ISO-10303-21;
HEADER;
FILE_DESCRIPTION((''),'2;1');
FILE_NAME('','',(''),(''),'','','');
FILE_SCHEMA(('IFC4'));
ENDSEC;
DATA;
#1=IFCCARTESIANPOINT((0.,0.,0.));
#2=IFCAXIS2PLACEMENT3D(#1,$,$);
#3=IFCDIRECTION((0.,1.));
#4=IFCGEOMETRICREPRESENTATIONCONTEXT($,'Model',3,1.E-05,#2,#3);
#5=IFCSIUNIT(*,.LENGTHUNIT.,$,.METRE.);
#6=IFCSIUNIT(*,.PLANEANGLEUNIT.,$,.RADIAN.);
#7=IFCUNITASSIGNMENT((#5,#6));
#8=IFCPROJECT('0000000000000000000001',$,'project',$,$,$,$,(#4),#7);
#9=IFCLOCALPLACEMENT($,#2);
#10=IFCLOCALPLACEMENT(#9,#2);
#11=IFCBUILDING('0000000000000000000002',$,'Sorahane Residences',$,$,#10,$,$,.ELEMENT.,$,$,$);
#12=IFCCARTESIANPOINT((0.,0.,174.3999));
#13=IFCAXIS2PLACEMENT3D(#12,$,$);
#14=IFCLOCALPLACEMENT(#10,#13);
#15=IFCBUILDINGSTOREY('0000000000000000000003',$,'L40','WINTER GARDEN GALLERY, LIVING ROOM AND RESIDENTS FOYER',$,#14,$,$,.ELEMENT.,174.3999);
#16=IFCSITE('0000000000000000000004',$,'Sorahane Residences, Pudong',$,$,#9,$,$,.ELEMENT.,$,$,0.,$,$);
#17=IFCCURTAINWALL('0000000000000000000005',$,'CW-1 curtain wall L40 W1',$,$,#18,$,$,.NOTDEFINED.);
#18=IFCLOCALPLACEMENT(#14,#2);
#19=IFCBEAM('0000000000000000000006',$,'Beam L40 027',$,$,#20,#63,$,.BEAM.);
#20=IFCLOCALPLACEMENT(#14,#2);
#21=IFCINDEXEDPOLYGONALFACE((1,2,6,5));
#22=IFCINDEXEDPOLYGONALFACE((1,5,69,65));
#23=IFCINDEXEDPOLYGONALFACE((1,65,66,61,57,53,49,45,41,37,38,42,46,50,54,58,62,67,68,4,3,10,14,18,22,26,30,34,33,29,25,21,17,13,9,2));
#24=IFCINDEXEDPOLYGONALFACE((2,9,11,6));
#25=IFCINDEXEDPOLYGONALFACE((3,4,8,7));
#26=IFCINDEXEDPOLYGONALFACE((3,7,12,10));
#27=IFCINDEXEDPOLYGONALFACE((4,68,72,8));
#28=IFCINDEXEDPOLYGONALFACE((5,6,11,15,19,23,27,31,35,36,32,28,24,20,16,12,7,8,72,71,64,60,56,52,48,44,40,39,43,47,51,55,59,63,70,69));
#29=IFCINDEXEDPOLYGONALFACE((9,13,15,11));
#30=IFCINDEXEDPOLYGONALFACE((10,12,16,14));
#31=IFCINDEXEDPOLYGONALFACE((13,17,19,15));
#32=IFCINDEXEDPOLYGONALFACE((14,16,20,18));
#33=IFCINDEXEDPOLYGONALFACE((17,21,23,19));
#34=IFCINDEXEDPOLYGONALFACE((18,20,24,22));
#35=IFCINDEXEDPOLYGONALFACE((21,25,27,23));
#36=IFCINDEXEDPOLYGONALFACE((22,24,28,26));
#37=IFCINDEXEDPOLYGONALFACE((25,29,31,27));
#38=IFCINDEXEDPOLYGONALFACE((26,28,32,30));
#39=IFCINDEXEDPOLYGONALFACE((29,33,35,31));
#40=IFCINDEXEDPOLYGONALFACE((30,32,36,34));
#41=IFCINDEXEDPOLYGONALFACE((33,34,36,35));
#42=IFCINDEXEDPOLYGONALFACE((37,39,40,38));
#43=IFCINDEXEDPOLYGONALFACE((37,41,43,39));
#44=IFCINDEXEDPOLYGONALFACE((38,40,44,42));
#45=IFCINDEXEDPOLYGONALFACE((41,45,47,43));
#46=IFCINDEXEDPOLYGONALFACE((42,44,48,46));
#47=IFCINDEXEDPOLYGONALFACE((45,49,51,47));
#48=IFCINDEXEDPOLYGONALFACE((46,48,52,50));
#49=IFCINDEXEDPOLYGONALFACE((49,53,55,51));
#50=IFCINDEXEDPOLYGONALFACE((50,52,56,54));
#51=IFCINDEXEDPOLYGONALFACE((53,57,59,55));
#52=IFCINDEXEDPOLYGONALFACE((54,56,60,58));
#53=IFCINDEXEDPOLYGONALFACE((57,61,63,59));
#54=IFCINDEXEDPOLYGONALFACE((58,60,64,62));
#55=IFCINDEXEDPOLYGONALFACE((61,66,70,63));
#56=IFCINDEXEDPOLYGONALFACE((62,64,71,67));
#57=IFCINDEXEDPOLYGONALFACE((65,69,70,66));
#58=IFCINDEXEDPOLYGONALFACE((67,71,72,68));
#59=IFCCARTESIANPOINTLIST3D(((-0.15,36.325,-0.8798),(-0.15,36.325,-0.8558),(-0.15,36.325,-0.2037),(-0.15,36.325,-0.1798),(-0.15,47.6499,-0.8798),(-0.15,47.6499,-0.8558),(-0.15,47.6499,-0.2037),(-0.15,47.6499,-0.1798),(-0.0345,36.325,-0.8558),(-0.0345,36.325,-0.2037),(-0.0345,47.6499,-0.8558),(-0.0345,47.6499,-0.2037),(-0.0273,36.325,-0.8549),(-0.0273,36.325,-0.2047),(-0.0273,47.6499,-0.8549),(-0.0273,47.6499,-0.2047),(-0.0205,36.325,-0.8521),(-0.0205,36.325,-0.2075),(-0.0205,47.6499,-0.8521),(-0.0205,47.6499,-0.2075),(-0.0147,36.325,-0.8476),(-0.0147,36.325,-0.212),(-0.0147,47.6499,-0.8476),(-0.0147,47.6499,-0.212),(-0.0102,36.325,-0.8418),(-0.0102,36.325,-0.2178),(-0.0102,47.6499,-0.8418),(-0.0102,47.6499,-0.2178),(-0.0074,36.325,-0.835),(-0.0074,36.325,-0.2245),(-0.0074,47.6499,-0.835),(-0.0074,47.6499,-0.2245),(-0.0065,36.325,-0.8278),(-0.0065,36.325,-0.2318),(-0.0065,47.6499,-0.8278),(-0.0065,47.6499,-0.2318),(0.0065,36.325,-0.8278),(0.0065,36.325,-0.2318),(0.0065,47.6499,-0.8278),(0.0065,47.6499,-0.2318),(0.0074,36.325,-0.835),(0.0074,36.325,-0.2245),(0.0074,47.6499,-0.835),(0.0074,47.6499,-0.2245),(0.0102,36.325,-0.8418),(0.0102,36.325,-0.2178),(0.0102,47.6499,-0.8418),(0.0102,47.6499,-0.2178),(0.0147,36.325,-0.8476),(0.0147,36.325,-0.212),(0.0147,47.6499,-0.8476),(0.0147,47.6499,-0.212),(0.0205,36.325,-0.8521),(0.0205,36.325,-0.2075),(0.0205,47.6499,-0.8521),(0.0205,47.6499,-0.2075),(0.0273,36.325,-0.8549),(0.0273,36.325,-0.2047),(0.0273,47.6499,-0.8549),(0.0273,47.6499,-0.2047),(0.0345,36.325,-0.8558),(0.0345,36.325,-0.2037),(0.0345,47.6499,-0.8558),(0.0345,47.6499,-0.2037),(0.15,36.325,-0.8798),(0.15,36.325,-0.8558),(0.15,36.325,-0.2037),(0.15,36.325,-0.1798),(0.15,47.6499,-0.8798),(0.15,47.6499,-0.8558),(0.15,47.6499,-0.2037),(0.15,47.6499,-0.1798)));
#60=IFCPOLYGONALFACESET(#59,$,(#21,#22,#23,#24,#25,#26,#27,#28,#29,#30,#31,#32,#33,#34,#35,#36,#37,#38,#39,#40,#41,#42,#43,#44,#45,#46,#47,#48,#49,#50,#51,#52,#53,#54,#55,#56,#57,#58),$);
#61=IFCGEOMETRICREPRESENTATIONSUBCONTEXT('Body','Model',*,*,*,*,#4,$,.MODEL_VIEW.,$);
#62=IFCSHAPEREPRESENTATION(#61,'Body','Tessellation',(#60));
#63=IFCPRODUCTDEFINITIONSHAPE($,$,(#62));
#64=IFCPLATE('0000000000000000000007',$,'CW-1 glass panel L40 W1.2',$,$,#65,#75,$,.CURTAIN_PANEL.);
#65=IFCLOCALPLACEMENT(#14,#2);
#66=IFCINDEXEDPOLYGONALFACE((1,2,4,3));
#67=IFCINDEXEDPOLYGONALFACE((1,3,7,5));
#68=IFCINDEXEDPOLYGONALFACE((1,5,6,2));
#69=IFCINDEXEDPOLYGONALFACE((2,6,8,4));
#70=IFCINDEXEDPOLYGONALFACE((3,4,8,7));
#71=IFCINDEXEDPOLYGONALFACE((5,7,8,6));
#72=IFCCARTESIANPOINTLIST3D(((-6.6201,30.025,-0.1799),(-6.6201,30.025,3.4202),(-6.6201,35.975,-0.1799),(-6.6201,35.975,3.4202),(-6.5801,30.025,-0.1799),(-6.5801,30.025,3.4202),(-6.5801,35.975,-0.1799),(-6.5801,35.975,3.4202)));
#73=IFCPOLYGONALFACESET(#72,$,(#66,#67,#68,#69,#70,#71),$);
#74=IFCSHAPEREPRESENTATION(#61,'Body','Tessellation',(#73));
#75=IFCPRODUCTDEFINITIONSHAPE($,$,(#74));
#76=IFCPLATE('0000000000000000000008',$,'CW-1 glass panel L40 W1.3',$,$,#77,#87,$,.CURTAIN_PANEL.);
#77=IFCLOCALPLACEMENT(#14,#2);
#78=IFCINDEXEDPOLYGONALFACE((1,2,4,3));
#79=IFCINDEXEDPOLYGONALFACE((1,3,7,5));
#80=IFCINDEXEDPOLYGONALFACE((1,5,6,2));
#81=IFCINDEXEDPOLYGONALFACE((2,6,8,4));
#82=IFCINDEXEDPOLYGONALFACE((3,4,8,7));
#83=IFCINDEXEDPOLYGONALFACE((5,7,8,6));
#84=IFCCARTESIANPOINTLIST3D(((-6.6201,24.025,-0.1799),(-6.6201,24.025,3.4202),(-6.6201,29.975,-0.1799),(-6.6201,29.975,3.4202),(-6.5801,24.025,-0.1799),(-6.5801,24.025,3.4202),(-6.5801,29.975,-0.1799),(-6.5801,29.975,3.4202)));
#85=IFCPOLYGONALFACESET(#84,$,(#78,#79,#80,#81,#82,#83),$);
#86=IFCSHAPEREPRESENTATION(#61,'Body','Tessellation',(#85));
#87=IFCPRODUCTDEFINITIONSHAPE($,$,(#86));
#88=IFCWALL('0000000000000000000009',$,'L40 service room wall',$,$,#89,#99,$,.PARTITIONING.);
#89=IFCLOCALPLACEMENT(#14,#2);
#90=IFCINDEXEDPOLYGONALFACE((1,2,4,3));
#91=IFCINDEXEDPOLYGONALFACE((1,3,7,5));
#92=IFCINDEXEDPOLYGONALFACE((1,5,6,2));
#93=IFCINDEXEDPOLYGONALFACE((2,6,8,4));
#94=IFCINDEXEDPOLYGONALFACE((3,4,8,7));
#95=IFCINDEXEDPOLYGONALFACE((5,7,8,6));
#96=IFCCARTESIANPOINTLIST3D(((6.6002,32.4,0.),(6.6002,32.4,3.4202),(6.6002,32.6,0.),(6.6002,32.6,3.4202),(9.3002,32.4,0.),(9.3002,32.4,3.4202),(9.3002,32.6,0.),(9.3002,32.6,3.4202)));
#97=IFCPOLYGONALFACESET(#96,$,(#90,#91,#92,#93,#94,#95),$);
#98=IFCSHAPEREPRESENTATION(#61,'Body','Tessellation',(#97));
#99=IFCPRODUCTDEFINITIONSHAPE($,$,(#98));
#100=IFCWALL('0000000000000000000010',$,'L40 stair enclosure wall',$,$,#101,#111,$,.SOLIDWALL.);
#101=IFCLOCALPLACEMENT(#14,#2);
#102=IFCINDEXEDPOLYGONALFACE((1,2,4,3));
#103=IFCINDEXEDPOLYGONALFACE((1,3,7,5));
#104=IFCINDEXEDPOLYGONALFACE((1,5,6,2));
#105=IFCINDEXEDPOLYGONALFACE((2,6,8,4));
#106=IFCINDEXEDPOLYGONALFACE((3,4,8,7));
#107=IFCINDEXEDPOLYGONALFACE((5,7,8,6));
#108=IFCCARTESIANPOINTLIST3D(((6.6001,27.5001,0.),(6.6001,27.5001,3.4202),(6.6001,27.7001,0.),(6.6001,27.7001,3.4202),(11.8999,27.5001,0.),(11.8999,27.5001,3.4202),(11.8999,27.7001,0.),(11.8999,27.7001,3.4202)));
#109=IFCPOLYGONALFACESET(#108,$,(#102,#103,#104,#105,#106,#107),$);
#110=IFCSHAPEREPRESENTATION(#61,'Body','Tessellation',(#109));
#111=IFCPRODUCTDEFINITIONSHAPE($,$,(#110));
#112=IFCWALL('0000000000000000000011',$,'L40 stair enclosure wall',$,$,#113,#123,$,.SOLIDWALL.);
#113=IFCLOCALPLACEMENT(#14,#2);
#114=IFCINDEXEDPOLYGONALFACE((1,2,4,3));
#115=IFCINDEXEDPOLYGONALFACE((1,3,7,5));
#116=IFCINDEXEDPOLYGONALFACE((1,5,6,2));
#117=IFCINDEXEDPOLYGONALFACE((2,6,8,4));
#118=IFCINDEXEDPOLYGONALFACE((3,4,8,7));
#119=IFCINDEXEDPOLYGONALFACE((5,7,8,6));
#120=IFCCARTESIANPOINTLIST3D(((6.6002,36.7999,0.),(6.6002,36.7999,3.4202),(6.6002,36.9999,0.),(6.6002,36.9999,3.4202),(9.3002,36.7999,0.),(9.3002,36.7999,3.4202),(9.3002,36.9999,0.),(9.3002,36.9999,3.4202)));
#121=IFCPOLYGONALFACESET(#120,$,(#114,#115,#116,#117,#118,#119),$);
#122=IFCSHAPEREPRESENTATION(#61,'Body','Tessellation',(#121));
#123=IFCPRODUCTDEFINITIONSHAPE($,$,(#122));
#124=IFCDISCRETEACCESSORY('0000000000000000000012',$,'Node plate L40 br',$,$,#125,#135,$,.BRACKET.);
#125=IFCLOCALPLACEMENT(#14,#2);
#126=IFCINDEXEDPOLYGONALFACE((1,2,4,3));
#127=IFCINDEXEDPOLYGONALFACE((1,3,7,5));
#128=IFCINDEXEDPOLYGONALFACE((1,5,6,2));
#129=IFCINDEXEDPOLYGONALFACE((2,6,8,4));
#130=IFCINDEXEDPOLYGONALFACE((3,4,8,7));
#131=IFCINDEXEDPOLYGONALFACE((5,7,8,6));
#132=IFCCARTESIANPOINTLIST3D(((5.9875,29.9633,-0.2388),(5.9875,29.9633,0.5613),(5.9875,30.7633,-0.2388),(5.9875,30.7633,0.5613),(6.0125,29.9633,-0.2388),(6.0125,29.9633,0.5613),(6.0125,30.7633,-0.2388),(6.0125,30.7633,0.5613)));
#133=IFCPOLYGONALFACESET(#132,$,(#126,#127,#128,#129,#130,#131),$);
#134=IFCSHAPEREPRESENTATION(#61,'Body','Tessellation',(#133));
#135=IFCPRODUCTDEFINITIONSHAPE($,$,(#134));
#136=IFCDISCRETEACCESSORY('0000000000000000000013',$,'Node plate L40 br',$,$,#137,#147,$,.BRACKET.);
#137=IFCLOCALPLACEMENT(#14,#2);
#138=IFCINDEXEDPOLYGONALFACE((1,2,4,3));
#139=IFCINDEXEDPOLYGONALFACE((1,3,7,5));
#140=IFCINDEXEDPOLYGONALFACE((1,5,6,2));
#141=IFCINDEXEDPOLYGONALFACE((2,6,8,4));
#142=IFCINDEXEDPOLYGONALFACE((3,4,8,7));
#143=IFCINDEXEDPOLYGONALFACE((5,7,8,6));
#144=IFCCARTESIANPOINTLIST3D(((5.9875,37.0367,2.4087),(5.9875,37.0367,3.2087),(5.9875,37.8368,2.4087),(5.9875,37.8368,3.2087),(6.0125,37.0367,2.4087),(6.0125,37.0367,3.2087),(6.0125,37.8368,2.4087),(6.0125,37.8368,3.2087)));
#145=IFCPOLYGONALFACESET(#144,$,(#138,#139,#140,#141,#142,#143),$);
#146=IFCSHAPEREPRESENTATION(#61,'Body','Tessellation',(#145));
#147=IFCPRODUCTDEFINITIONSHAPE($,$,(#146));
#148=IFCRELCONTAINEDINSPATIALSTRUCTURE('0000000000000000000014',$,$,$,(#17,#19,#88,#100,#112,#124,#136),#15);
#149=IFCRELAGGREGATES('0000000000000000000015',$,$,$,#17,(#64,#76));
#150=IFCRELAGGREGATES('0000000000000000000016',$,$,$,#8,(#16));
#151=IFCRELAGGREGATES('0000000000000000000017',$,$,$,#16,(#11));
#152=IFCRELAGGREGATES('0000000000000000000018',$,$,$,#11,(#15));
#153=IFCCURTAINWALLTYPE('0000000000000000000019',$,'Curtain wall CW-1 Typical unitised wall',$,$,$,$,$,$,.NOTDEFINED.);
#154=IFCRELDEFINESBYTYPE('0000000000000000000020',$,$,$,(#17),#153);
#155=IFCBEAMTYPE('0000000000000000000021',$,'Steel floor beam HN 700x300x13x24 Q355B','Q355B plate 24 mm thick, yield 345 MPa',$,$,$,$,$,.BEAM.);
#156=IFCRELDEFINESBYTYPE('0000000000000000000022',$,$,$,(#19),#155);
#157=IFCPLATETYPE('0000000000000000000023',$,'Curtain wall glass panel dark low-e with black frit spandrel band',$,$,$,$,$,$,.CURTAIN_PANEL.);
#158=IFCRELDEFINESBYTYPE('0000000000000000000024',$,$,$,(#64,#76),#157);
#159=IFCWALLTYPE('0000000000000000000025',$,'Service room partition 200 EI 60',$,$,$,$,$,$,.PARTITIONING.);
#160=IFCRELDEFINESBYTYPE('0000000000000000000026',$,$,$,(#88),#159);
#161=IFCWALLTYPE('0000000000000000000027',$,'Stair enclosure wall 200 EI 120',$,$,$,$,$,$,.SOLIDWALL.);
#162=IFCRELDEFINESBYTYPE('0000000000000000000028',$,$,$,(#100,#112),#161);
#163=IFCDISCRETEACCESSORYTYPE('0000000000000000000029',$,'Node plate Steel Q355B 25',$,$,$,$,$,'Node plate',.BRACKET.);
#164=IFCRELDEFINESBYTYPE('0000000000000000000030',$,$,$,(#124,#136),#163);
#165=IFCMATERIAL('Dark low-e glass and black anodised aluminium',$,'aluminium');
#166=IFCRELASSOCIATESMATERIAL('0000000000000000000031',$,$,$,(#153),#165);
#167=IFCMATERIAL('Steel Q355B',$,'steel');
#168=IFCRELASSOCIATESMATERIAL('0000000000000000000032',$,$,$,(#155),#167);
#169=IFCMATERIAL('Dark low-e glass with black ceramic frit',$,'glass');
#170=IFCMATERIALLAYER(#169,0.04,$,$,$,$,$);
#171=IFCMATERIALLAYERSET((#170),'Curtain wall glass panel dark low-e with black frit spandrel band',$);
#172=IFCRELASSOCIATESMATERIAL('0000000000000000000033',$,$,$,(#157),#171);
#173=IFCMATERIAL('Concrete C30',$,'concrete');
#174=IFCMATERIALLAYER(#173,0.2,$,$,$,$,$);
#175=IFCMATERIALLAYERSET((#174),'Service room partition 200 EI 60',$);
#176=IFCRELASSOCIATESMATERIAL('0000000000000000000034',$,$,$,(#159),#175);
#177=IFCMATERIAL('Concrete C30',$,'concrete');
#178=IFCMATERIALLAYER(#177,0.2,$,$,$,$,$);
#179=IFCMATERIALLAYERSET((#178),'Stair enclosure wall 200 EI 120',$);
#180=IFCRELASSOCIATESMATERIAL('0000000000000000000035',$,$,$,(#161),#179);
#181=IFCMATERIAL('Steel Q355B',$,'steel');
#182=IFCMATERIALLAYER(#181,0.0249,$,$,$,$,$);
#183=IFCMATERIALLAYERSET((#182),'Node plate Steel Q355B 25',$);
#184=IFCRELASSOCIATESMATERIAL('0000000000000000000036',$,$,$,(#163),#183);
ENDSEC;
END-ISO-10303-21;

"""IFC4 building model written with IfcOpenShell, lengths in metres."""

from ifc_helpers import new_model, si_unit, direction, frame, frame_2d, origin, origin_2d, place, context, subcontext, project, spatial, rectangle, i_section, extrude, material, layer, layer_set, material_profile, profile_set, type_object, element, aggregate, save


model = new_model("IFC4")

# Units and contexts
model_context = context("Model", 3, precision=1e-05, world=origin(), true_north=direction((0.0, 1.0)))
body_context = subcontext(model_context, "Body", "Model", "MODEL_VIEW")
ifc_project = project(units=[si_unit("LENGTHUNIT", "METRE"), si_unit("PLANEANGLEUNIT", "RADIAN")], contexts=[model_context])

# Site, building, storey
site_placement = place(None, origin())
site = spatial("IfcSite", under=ifc_project, at=site_placement, Name="Sorahane Residences, Pudong", CompositionType="ELEMENT", RefElevation=0.0)
building_placement = place(site_placement, origin())
building = spatial("IfcBuilding", under=site, at=building_placement, Name="Sorahane Residences", CompositionType="ELEMENT")
storey_placement = place(building_placement, frame((0.0, 0.0, 174.3999)))
storey = spatial("IfcBuildingStorey", under=building, at=storey_placement, Name="L40", Description="WINTER GARDEN GALLERY, LIVING ROOM AND RESIDENTS FOYER", CompositionType="ELEMENT", Elevation=174.3999)

# Curtain wall
ifc_material_1 = material(Name="Dark low-e glass and black anodised aluminium", Category="aluminium")
curtain_wall_type = type_object("IfcCurtainWallType", Name="Curtain wall CW-1 Typical unitised wall", PredefinedType="NOTDEFINED", material=ifc_material_1)
curtain_wall_placement = place(storey_placement, origin())
curtain_wall = element("IfcCurtainWall", 1, at=curtain_wall_placement, inside=storey, type_object=curtain_wall_type, Name="CW-1 curtain wall L40 W1", PredefinedType="NOTDEFINED")

# Beam
ifc_material_2 = material(Name="Steel Q355B", Category="steel")
ifc_material_profile_1 = material_profile(ifc_material_2, i_section(OverallWidth=0.3, OverallDepth=0.7, WebThickness=0.0129, FlangeThickness=0.0239, FilletRadius=0.0281, at=origin_2d()), Name="HN 700x300x13x24")
ifc_profile_set_1 = profile_set([ifc_material_profile_1], Name="Steel Q355B")
beam_type_1 = type_object("IfcBeamType", Name="Steel floor beam HN 700x300x13x24 Q355B", Description="Q355B plate 24 mm thick, yield 345 MPa", PredefinedType="BEAM", material=ifc_profile_set_1)
beam_1_placement = place(storey_placement, frame((0.0, 36.325, -0.5298), z_axis=(0.0, 1.0, 0.0), x_axis=(-1.0, 0.0, 0.0)))
element("IfcBeam", 2, at=beam_1_placement, inside=storey, type_object=beam_type_1, Name="Beam L40 027", PredefinedType="BEAM", context=body_context, shape_type="SweptSolid", body=[
    extrude(i_section(OverallWidth=0.3, OverallDepth=0.7, WebThickness=0.0129, FlangeThickness=0.0239, FilletRadius=0.0281, at=origin_2d()), origin(), (0.0, 0.0, 1.0), 11.325),
])

# Plates
ifc_material_3 = material(Name="Dark low-e glass with black ceramic frit", Category="glass")
ifc_layer_1 = layer(ifc_material_3, 0.04)
ifc_layer_set_1 = layer_set([ifc_layer_1], Name="Curtain wall glass panel dark low-e with black frit spandrel band")
plate_type = type_object("IfcPlateType", Name="Curtain wall glass panel dark low-e with black frit spandrel band", PredefinedType="CURTAIN_PANEL", material=ifc_layer_set_1)
plate_1_placement = place(storey_placement, frame((-6.6001, 33.0, -0.1799), z_axis=(0.0, 0.0, 1.0), x_axis=(0.0, -1.0, 0.0)))
plate_1 = element("IfcPlate", 3, at=plate_1_placement, type_object=plate_type, Name="CW-1 glass panel L40 W1.2", PredefinedType="CURTAIN_PANEL", context=body_context, shape_type="SweptSolid", body=[
    extrude(rectangle(XDim=5.95, YDim=0.04, at=origin_2d()), origin(), (0.0, 0.0, 1.0), 3.6001),
])
plate_2_placement = place(storey_placement, frame((-6.6001, 27.0, -0.1799), z_axis=(0.0, 0.0, 1.0), x_axis=(0.0, -1.0, 0.0)))
plate_2 = element("IfcPlate", 4, at=plate_2_placement, type_object=plate_type, Name="CW-1 glass panel L40 W1.3", PredefinedType="CURTAIN_PANEL", context=body_context, shape_type="SweptSolid", body=[
    extrude(rectangle(XDim=5.95, YDim=0.04, at=origin_2d()), origin(), (0.0, 0.0, 1.0), 3.6001),
])
aggregate(curtain_wall, [plate_1, plate_2])

# Walls
ifc_material_4 = material(Name="Concrete C30", Category="concrete")
ifc_layer_2 = layer(ifc_material_4, 0.2)
ifc_layer_set_2 = layer_set([ifc_layer_2], Name="Service room partition 200 EI 60")
wall_type_1 = type_object("IfcWallType", Name="Service room partition 200 EI 60", PredefinedType="PARTITIONING", material=ifc_layer_set_2)
wall_1_placement = place(storey_placement, frame((6.6001, 32.5, 0.0), z_axis=(0.0, 0.0, 1.0), x_axis=(1.0, 0.0, 0.0)))
element("IfcWall", 5, at=wall_1_placement, inside=storey, type_object=wall_type_1, Name="L40 service room wall", PredefinedType="PARTITIONING", context=body_context, shape_type="SweptSolid", body=[
    extrude(rectangle(XDim=2.7, YDim=0.2, at=frame_2d((1.3501, 0.0))), origin(), (0.0, 0.0, 1.0), 3.4202),
])
ifc_material_5 = material(Name="Concrete C30", Category="concrete")
ifc_layer_3 = layer(ifc_material_5, 0.2)
ifc_layer_set_3 = layer_set([ifc_layer_3], Name="Stair enclosure wall 200 EI 120")
wall_type_2 = type_object("IfcWallType", Name="Stair enclosure wall 200 EI 120", PredefinedType="SOLIDWALL", material=ifc_layer_set_3)
wall_2_placement = place(storey_placement, frame((6.6001, 27.6001, 0.0), z_axis=(0.0, 0.0, 1.0), x_axis=(1.0, 0.0, 0.0)))
element("IfcWall", 6, at=wall_2_placement, inside=storey, type_object=wall_type_2, Name="L40 stair enclosure wall", PredefinedType="SOLIDWALL", context=body_context, shape_type="SweptSolid", body=[
    extrude(rectangle(XDim=5.2998, YDim=0.2, at=frame_2d((2.6499, 0.0))), origin(), (0.0, 0.0, 1.0), 3.4202),
])
wall_3_placement = place(storey_placement, frame((6.6001, 36.8999, 0.0), z_axis=(0.0, 0.0, 1.0), x_axis=(1.0, 0.0, 0.0)))
element("IfcWall", 7, at=wall_3_placement, inside=storey, type_object=wall_type_2, Name="L40 stair enclosure wall", PredefinedType="SOLIDWALL", context=body_context, shape_type="SweptSolid", body=[
    extrude(rectangle(XDim=2.7, YDim=0.2, at=frame_2d((1.3501, 0.0))), origin(), (0.0, 0.0, 1.0), 3.4202),
])

# Discrete accessories
ifc_material_6 = material(Name="Steel Q355B", Category="steel")
ifc_layer_4 = layer(ifc_material_6, 0.0249)
ifc_layer_set_4 = layer_set([ifc_layer_4], Name="Node plate Steel Q355B 25")
discrete_accessory_type = type_object("IfcDiscreteAccessoryType", Name="Node plate Steel Q355B 25", ElementType="Node plate", PredefinedType="BRACKET", material=ifc_layer_set_4)
for number, where, z_axis, x_axis, name in (
    (8, (6.0, 30.3633, -0.2388), (0.0, 0.0, 1.0), (0.0, 1.0, 0.0), "Node plate L40 br"),
    (9, (6.0, 37.4368, 2.4087), (0.0, 0.0, 1.0), (0.0, 1.0, 0.0), "Node plate L40 br"),
):
    element("IfcDiscreteAccessory", number, at=place(storey_placement, frame(where, z_axis=z_axis, x_axis=x_axis)), inside=storey, type_object=discrete_accessory_type, Name=name, PredefinedType="BRACKET", context=body_context, shape_type="SweptSolid", body=[
        extrude(rectangle(XDim=0.8, YDim=0.0249, at=origin_2d()), origin(), (0.0, 0.0, 1.0), 0.8),
    ])

save(model, "model.ifc")
